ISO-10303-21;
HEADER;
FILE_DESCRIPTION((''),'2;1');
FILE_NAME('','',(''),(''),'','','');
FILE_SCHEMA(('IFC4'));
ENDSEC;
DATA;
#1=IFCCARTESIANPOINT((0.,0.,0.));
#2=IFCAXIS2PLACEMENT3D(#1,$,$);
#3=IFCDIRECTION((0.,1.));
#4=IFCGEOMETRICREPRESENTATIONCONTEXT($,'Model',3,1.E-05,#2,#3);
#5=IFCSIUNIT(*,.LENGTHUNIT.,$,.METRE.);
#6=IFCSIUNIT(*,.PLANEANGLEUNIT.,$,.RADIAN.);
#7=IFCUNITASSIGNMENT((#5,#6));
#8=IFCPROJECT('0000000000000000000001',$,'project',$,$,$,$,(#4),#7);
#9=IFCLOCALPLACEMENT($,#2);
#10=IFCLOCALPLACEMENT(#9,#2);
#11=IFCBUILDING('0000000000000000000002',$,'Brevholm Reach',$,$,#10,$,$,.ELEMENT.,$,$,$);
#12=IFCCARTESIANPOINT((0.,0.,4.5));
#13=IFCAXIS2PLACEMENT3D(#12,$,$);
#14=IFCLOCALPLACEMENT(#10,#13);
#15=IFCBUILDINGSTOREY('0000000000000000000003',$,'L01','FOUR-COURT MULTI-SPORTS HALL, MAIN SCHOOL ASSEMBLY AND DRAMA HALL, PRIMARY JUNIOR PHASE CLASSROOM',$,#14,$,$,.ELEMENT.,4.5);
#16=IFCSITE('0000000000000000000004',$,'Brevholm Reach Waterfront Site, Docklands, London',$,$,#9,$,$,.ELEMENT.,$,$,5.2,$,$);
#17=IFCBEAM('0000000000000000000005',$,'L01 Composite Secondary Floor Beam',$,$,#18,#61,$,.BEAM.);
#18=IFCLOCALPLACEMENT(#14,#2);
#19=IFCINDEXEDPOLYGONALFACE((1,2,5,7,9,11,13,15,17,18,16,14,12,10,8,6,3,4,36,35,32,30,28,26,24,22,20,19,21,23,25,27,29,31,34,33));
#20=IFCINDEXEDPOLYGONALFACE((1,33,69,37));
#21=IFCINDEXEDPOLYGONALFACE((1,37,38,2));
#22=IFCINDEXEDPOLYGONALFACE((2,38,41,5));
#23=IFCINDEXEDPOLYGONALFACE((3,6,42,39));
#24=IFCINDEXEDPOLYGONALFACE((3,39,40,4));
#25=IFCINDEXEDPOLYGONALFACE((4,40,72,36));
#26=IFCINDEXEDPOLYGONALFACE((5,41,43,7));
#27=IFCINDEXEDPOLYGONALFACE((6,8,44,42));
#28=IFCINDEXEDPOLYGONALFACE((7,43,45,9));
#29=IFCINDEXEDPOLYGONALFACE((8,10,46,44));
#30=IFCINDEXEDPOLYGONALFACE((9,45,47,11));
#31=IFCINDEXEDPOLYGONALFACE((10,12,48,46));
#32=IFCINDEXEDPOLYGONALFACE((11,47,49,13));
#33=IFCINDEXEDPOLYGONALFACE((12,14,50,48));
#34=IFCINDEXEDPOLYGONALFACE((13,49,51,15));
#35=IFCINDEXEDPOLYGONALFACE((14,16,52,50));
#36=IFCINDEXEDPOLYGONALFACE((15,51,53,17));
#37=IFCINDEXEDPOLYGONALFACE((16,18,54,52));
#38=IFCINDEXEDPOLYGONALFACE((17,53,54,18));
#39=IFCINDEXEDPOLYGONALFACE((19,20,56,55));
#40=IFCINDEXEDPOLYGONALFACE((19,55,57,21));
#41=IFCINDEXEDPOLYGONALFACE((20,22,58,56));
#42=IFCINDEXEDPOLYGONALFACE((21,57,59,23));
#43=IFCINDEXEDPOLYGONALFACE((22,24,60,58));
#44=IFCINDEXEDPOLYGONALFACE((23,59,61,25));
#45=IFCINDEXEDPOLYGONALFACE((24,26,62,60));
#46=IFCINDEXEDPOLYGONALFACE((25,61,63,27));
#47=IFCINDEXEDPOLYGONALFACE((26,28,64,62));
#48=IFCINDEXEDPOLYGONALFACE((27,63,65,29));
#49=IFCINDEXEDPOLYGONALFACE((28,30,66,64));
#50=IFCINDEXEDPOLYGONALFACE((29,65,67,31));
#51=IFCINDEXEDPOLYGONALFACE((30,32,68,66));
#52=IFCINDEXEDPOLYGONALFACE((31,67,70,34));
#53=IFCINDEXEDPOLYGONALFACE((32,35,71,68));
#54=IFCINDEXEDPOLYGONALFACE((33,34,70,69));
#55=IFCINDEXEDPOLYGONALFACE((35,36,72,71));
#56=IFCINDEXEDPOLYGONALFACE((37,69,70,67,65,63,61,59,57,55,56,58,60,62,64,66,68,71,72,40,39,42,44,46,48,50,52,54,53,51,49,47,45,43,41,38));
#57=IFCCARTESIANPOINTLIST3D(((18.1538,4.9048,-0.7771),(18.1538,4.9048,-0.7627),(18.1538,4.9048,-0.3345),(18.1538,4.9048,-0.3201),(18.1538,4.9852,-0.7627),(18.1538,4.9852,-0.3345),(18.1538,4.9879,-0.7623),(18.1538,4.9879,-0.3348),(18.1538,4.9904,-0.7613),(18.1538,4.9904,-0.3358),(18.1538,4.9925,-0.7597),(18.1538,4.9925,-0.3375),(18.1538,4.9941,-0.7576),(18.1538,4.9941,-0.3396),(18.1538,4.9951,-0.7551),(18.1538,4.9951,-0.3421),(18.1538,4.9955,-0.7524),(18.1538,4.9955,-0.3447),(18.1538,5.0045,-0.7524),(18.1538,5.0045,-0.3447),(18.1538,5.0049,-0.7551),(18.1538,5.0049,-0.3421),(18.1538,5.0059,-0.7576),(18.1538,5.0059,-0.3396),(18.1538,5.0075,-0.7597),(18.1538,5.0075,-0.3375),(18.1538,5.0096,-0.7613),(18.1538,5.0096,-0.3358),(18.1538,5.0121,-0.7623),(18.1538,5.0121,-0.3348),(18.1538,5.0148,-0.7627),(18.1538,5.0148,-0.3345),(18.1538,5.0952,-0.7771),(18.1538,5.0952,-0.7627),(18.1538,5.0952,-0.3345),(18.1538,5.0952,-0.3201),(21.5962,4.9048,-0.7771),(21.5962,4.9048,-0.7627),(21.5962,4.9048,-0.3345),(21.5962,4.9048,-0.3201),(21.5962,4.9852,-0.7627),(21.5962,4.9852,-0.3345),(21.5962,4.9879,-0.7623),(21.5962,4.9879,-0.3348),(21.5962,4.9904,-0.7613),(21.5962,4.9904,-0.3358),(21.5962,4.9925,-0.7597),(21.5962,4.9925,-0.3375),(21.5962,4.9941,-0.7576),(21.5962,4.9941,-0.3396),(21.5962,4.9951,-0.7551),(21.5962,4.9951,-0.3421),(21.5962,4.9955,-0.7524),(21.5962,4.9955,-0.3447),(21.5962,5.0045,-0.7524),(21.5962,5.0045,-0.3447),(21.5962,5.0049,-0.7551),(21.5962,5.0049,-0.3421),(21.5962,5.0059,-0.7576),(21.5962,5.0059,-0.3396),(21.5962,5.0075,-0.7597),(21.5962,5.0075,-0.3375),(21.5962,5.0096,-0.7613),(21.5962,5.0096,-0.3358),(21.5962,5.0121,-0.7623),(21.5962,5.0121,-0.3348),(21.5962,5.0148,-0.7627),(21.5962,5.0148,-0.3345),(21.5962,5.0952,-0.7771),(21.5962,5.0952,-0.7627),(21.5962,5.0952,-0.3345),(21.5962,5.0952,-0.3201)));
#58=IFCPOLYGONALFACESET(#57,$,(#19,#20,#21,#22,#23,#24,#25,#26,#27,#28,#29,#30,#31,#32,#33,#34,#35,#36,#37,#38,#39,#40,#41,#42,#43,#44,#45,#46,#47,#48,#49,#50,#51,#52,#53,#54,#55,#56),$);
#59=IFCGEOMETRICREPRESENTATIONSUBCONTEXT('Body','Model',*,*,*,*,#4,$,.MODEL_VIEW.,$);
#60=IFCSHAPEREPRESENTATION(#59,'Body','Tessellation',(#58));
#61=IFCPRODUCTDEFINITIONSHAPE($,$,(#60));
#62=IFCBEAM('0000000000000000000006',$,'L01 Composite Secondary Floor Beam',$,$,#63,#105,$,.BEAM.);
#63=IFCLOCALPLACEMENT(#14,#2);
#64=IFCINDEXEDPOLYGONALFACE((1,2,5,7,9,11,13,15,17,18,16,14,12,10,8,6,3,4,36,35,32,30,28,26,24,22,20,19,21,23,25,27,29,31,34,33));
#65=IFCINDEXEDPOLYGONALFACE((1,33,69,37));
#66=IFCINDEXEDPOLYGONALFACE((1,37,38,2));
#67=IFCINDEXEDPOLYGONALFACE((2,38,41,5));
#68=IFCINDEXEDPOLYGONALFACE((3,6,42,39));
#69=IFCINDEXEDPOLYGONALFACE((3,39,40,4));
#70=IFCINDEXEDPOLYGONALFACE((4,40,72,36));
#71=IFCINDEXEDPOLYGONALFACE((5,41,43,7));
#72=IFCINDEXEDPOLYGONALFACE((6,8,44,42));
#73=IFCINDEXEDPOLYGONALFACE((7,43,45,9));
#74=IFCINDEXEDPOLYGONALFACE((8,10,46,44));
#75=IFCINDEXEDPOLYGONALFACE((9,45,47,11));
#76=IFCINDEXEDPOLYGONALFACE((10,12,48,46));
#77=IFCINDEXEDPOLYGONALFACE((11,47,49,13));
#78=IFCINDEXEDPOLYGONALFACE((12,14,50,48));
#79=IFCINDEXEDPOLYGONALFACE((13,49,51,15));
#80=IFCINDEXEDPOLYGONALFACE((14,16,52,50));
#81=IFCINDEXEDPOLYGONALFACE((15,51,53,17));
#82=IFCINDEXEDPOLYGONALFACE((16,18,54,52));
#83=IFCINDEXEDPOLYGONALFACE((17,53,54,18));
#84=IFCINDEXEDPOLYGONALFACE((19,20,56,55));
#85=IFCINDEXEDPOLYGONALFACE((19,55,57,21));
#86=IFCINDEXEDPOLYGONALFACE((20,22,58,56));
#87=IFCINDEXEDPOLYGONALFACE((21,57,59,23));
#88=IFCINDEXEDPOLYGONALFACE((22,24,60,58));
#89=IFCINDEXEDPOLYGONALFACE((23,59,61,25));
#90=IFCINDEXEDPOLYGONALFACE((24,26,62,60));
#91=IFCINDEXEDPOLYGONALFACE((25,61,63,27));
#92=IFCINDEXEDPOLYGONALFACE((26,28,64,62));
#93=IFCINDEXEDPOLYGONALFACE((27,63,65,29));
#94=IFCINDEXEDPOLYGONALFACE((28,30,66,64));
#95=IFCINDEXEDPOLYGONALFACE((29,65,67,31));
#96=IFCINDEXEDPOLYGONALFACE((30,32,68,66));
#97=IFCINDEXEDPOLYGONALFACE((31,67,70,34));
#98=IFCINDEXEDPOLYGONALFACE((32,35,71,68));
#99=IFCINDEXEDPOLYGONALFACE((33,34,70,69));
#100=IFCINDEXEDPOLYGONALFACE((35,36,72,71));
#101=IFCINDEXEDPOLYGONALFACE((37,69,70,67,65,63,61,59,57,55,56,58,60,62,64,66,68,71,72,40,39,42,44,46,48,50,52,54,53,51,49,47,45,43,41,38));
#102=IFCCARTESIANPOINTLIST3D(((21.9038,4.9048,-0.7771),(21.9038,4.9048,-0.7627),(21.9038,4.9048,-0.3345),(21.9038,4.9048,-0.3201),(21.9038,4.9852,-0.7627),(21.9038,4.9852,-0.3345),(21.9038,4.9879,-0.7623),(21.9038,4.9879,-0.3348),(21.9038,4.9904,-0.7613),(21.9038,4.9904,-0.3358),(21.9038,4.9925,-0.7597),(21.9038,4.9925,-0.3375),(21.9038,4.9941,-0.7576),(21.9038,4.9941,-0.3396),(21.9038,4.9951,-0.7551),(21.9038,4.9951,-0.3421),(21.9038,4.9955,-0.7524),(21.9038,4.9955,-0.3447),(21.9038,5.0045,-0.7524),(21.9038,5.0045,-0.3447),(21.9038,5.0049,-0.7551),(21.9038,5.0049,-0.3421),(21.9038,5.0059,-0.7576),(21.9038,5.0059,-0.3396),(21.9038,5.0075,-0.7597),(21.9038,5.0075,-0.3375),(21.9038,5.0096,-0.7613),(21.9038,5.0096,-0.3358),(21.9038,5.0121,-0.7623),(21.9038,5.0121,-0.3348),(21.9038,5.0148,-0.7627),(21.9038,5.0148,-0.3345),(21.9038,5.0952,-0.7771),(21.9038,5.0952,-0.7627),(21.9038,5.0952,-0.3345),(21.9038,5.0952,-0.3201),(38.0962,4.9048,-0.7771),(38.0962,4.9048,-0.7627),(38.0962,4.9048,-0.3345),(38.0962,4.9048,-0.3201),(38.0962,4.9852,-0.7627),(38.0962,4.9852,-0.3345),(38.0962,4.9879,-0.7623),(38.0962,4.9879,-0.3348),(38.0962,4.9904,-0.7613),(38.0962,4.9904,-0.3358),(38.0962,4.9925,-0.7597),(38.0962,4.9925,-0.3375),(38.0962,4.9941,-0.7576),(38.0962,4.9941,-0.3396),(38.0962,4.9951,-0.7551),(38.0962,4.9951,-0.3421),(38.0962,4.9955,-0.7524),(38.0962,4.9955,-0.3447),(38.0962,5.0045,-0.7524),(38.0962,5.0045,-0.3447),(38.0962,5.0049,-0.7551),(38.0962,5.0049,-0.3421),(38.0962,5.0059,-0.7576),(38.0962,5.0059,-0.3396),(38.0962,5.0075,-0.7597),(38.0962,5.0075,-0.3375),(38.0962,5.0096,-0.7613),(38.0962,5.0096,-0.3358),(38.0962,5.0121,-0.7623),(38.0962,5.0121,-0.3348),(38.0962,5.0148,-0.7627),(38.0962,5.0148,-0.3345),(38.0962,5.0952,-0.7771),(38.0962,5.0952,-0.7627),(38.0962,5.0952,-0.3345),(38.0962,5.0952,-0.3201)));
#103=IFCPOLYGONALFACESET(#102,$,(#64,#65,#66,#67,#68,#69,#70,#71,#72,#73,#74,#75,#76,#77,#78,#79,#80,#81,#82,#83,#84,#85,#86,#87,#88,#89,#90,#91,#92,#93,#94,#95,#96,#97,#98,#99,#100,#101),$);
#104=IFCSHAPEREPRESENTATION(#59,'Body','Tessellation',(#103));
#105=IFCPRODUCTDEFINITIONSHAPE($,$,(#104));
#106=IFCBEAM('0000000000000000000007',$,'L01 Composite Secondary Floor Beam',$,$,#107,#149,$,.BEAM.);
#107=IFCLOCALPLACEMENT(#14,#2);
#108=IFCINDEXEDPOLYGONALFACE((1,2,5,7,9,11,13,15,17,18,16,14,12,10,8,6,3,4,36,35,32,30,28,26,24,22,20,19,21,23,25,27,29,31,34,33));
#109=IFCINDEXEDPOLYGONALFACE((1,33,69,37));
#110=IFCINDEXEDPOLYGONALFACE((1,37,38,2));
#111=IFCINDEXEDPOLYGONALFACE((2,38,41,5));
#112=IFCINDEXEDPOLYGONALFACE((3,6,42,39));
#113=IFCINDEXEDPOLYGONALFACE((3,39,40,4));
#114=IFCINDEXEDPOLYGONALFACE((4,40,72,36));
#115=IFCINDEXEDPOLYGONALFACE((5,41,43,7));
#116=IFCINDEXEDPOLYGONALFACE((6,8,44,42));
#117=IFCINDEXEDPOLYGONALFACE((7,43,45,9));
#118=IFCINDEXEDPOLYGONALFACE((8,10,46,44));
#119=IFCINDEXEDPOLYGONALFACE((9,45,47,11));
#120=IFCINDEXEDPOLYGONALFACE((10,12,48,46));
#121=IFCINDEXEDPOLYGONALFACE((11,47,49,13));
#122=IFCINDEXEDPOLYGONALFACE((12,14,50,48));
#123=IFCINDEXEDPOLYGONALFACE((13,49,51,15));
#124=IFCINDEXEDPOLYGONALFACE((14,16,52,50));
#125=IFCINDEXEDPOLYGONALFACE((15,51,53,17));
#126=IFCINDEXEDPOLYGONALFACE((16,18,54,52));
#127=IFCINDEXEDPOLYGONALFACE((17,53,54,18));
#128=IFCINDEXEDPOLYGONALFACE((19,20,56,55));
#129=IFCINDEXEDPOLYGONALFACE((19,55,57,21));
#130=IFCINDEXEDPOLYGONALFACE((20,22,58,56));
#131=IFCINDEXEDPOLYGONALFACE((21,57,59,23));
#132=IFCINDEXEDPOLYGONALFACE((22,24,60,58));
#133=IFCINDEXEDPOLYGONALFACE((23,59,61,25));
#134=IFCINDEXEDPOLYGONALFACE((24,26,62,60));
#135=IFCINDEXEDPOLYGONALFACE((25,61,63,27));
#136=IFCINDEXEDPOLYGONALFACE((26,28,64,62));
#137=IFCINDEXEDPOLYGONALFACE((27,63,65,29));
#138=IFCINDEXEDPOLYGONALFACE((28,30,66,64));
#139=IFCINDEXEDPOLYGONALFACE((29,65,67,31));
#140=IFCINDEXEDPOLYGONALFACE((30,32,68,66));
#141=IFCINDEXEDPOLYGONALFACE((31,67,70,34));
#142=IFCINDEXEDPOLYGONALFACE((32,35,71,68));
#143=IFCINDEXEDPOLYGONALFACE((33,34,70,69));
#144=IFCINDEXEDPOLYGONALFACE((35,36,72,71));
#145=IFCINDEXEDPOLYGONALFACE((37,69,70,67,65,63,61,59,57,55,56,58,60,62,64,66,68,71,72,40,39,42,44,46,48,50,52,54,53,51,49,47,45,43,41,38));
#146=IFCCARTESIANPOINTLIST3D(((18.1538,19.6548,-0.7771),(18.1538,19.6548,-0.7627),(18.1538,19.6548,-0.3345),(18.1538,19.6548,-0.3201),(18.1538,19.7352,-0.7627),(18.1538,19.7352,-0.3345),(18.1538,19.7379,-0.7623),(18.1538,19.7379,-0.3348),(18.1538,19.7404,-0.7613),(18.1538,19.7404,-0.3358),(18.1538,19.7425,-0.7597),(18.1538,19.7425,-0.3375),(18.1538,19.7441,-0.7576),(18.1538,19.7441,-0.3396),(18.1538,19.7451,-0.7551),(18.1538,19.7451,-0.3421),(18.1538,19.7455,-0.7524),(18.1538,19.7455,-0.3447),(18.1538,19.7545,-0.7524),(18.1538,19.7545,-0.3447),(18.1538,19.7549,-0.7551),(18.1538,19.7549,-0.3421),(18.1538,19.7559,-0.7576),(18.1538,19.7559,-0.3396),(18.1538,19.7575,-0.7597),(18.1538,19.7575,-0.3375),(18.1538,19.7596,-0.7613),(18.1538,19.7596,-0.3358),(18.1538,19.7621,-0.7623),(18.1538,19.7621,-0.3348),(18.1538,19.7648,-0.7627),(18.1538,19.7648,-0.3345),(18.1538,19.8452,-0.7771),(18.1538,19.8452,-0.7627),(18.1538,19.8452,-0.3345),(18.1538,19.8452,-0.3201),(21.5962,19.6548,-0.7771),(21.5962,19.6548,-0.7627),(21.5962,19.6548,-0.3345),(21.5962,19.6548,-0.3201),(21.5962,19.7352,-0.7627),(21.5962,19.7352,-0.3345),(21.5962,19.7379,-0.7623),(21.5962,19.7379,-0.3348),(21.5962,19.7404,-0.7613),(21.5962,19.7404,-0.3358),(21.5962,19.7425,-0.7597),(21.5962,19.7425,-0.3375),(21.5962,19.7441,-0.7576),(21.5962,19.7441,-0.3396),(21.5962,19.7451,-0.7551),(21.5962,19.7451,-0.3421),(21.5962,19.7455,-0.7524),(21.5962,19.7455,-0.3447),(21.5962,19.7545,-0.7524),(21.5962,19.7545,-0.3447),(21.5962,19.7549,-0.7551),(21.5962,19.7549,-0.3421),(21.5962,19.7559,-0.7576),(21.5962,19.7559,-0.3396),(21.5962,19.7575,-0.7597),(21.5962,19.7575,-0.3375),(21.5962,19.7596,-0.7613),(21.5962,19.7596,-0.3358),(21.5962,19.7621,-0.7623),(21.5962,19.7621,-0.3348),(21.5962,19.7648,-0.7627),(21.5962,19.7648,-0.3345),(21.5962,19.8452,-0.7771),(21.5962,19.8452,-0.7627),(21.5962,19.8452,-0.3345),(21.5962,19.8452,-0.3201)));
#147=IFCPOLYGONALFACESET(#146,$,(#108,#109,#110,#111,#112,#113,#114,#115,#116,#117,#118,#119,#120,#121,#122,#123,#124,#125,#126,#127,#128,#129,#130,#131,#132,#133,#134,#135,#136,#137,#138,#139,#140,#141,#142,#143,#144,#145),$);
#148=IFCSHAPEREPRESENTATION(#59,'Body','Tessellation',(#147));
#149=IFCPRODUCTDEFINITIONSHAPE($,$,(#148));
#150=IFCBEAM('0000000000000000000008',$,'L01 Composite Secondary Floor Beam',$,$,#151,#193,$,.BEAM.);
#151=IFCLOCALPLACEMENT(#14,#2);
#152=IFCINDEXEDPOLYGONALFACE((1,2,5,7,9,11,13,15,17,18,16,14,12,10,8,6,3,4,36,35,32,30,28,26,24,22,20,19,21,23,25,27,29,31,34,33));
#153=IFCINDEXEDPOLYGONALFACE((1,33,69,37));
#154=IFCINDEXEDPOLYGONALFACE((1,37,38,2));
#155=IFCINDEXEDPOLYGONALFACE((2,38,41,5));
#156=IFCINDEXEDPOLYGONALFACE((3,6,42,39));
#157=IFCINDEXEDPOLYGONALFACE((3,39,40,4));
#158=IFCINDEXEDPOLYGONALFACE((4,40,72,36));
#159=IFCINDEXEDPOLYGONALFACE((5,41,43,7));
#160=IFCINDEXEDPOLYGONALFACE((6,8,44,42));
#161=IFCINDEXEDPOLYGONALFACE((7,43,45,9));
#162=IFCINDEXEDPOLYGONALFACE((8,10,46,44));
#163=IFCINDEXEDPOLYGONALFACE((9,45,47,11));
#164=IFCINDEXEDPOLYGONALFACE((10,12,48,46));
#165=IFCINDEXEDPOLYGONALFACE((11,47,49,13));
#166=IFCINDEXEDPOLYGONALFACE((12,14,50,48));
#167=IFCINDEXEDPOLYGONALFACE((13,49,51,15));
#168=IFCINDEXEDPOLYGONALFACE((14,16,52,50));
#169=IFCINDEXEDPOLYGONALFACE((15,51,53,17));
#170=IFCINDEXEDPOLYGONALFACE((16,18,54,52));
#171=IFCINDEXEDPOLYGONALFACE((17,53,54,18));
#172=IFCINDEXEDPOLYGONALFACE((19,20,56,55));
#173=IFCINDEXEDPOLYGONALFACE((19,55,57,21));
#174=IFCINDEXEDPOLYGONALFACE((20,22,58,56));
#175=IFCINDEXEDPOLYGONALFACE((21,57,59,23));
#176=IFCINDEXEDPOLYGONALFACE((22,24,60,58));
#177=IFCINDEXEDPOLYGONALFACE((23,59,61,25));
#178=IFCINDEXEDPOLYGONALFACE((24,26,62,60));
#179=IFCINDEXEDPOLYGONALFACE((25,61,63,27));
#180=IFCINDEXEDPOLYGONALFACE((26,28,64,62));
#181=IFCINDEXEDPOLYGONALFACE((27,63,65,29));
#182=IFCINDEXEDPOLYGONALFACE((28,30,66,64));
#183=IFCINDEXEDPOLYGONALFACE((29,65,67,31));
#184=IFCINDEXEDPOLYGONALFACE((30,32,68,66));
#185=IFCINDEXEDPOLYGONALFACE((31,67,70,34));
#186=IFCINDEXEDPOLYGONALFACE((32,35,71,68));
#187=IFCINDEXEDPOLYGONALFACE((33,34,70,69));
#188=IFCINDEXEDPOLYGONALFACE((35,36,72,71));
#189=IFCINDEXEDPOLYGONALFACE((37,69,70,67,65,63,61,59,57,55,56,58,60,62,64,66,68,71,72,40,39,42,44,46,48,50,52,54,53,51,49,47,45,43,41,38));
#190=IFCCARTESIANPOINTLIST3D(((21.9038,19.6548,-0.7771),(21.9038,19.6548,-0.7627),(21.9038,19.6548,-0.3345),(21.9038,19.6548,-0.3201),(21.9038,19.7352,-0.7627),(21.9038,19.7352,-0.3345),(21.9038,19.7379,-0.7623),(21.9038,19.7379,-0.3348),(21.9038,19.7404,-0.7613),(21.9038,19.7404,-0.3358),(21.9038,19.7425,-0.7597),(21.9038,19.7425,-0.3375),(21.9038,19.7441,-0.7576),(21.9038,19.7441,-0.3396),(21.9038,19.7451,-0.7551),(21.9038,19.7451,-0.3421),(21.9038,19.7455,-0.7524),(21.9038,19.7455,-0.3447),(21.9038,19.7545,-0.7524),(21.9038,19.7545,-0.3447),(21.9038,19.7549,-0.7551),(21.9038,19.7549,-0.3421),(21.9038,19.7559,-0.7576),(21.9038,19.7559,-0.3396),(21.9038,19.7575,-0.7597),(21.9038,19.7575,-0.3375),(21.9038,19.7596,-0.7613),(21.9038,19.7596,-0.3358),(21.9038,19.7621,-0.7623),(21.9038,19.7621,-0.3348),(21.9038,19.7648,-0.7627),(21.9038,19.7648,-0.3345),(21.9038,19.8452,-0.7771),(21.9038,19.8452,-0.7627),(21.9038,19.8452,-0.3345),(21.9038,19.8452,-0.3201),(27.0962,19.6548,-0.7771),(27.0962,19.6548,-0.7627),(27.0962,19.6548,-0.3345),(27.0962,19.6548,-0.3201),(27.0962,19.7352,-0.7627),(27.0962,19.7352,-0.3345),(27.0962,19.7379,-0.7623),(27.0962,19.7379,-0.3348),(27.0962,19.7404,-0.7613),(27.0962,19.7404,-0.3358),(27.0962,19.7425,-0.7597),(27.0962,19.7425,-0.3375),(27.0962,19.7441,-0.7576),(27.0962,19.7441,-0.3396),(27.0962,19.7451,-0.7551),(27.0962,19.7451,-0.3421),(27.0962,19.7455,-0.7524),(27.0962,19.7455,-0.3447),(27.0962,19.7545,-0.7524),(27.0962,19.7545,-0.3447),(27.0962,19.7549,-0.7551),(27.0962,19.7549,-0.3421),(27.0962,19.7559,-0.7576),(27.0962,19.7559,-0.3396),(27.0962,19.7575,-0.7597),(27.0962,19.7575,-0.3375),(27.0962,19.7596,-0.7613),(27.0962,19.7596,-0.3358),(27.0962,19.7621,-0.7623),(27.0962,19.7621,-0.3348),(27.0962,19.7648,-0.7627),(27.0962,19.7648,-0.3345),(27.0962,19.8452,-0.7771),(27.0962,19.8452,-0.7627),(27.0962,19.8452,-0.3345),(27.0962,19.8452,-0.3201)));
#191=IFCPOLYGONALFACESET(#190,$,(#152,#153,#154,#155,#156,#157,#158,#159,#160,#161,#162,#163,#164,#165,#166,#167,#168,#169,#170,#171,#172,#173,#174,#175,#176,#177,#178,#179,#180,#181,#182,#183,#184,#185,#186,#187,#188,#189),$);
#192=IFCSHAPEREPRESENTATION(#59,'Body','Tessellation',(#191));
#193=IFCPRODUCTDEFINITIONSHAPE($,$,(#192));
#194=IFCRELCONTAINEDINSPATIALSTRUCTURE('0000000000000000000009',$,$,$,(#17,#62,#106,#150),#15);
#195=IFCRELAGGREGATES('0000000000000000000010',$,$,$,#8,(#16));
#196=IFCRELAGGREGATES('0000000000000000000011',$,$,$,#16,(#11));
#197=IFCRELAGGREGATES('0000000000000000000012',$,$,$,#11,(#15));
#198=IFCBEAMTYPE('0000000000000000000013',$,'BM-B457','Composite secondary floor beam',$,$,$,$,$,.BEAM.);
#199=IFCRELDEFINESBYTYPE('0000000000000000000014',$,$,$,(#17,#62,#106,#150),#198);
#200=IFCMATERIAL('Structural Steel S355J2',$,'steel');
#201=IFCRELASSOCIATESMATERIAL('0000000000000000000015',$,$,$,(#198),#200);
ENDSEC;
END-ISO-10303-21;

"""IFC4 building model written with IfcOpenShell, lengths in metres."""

from ifc_helpers import new_model, si_unit, direction, frame, origin, origin_2d, place, context, subcontext, project, spatial, i_section, extrude, material, material_profile, profile_set, type_object, element, save


model = new_model("IFC4")

# Units and contexts
model_context = context("Model", 3, precision=1e-05, world=origin(), true_north=direction((0.0, 1.0)))
body_context = subcontext(model_context, "Body", "Model", "MODEL_VIEW")
ifc_project = project(units=[si_unit("LENGTHUNIT", "METRE"), si_unit("PLANEANGLEUNIT", "RADIAN")], contexts=[model_context])

# Site, building, storey
site_placement = place(None, origin())
site = spatial("IfcSite", under=ifc_project, at=site_placement, Name="Brevholm Reach Waterfront Site, Docklands, London", CompositionType="ELEMENT", RefElevation=5.2)
building_placement = place(site_placement, origin())
building = spatial("IfcBuilding", under=site, at=building_placement, Name="Brevholm Reach", CompositionType="ELEMENT")
storey_placement = place(building_placement, frame((0.0, 0.0, 4.5)))
storey = spatial("IfcBuildingStorey", under=building, at=storey_placement, Name="L01", Description="FOUR-COURT MULTI-SPORTS HALL, MAIN SCHOOL ASSEMBLY AND DRAMA HALL, PRIMARY JUNIOR PHASE CLASSROOM", CompositionType="ELEMENT", Elevation=4.5)

# Beams
ifc_material_1 = material(Name="Structural Steel S355J2", Category="steel")
ifc_material_profile_1 = material_profile(ifc_material_1, i_section(OverallWidth=0.1904, OverallDepth=0.457, WebThickness=0.009, FlangeThickness=0.0144, FilletRadius=0.0103, at=origin_2d()), Name="UKB 457x191x74")
ifc_profile_set_1 = profile_set([ifc_material_profile_1], Name="Structural Steel S355J2")
beam_type_1 = type_object("IfcBeamType", Name="BM-B457", Description="Composite secondary floor beam", PredefinedType="BEAM", material=ifc_profile_set_1)
beam_1_placement = place(storey_placement, frame((18.1538, 5.0, -0.5486), z_axis=(1.0, 0.0, 0.0), x_axis=(0.0, 1.0, 0.0)))
element("IfcBeam", 1, at=beam_1_placement, inside=storey, type_object=beam_type_1, Name="L01 Composite Secondary Floor Beam", PredefinedType="BEAM", context=body_context, shape_type="SweptSolid", body=[
    extrude(i_section(OverallWidth=0.1904, OverallDepth=0.457, WebThickness=0.009, FlangeThickness=0.0144, FilletRadius=0.0103, at=origin_2d()), origin(), (0.0, 0.0, 1.0), 3.4424),
])
beam_2_placement = place(storey_placement, frame((21.9038, 5.0, -0.5486), z_axis=(1.0, 0.0, 0.0), x_axis=(0.0, 1.0, 0.0)))
element("IfcBeam", 2, at=beam_2_placement, inside=storey, type_object=beam_type_1, Name="L01 Composite Secondary Floor Beam", PredefinedType="BEAM", context=body_context, shape_type="SweptSolid", body=[
    extrude(i_section(OverallWidth=0.1904, OverallDepth=0.457, WebThickness=0.009, FlangeThickness=0.0144, FilletRadius=0.0103, at=origin_2d()), origin(), (0.0, 0.0, 1.0), 16.1924),
])
beam_3_placement = place(storey_placement, frame((18.1538, 19.75, -0.5486), z_axis=(1.0, 0.0, 0.0), x_axis=(0.0, 1.0, 0.0)))
element("IfcBeam", 3, at=beam_3_placement, inside=storey, type_object=beam_type_1, Name="L01 Composite Secondary Floor Beam", PredefinedType="BEAM", context=body_context, shape_type="SweptSolid", body=[
    extrude(i_section(OverallWidth=0.1904, OverallDepth=0.457, WebThickness=0.009, FlangeThickness=0.0144, FilletRadius=0.0103, at=origin_2d()), origin(), (0.0, 0.0, 1.0), 3.4424),
])
beam_4_placement = place(storey_placement, frame((21.9038, 19.75, -0.5486), z_axis=(1.0, 0.0, 0.0), x_axis=(0.0, 1.0, 0.0)))
element("IfcBeam", 4, at=beam_4_placement, inside=storey, type_object=beam_type_1, Name="L01 Composite Secondary Floor Beam", PredefinedType="BEAM", context=body_context, shape_type="SweptSolid", body=[
    extrude(i_section(OverallWidth=0.1904, OverallDepth=0.457, WebThickness=0.009, FlangeThickness=0.0144, FilletRadius=0.0103, at=origin_2d()), origin(), (0.0, 0.0, 1.0), 5.1924),
])

save(model, "model.ifc")
